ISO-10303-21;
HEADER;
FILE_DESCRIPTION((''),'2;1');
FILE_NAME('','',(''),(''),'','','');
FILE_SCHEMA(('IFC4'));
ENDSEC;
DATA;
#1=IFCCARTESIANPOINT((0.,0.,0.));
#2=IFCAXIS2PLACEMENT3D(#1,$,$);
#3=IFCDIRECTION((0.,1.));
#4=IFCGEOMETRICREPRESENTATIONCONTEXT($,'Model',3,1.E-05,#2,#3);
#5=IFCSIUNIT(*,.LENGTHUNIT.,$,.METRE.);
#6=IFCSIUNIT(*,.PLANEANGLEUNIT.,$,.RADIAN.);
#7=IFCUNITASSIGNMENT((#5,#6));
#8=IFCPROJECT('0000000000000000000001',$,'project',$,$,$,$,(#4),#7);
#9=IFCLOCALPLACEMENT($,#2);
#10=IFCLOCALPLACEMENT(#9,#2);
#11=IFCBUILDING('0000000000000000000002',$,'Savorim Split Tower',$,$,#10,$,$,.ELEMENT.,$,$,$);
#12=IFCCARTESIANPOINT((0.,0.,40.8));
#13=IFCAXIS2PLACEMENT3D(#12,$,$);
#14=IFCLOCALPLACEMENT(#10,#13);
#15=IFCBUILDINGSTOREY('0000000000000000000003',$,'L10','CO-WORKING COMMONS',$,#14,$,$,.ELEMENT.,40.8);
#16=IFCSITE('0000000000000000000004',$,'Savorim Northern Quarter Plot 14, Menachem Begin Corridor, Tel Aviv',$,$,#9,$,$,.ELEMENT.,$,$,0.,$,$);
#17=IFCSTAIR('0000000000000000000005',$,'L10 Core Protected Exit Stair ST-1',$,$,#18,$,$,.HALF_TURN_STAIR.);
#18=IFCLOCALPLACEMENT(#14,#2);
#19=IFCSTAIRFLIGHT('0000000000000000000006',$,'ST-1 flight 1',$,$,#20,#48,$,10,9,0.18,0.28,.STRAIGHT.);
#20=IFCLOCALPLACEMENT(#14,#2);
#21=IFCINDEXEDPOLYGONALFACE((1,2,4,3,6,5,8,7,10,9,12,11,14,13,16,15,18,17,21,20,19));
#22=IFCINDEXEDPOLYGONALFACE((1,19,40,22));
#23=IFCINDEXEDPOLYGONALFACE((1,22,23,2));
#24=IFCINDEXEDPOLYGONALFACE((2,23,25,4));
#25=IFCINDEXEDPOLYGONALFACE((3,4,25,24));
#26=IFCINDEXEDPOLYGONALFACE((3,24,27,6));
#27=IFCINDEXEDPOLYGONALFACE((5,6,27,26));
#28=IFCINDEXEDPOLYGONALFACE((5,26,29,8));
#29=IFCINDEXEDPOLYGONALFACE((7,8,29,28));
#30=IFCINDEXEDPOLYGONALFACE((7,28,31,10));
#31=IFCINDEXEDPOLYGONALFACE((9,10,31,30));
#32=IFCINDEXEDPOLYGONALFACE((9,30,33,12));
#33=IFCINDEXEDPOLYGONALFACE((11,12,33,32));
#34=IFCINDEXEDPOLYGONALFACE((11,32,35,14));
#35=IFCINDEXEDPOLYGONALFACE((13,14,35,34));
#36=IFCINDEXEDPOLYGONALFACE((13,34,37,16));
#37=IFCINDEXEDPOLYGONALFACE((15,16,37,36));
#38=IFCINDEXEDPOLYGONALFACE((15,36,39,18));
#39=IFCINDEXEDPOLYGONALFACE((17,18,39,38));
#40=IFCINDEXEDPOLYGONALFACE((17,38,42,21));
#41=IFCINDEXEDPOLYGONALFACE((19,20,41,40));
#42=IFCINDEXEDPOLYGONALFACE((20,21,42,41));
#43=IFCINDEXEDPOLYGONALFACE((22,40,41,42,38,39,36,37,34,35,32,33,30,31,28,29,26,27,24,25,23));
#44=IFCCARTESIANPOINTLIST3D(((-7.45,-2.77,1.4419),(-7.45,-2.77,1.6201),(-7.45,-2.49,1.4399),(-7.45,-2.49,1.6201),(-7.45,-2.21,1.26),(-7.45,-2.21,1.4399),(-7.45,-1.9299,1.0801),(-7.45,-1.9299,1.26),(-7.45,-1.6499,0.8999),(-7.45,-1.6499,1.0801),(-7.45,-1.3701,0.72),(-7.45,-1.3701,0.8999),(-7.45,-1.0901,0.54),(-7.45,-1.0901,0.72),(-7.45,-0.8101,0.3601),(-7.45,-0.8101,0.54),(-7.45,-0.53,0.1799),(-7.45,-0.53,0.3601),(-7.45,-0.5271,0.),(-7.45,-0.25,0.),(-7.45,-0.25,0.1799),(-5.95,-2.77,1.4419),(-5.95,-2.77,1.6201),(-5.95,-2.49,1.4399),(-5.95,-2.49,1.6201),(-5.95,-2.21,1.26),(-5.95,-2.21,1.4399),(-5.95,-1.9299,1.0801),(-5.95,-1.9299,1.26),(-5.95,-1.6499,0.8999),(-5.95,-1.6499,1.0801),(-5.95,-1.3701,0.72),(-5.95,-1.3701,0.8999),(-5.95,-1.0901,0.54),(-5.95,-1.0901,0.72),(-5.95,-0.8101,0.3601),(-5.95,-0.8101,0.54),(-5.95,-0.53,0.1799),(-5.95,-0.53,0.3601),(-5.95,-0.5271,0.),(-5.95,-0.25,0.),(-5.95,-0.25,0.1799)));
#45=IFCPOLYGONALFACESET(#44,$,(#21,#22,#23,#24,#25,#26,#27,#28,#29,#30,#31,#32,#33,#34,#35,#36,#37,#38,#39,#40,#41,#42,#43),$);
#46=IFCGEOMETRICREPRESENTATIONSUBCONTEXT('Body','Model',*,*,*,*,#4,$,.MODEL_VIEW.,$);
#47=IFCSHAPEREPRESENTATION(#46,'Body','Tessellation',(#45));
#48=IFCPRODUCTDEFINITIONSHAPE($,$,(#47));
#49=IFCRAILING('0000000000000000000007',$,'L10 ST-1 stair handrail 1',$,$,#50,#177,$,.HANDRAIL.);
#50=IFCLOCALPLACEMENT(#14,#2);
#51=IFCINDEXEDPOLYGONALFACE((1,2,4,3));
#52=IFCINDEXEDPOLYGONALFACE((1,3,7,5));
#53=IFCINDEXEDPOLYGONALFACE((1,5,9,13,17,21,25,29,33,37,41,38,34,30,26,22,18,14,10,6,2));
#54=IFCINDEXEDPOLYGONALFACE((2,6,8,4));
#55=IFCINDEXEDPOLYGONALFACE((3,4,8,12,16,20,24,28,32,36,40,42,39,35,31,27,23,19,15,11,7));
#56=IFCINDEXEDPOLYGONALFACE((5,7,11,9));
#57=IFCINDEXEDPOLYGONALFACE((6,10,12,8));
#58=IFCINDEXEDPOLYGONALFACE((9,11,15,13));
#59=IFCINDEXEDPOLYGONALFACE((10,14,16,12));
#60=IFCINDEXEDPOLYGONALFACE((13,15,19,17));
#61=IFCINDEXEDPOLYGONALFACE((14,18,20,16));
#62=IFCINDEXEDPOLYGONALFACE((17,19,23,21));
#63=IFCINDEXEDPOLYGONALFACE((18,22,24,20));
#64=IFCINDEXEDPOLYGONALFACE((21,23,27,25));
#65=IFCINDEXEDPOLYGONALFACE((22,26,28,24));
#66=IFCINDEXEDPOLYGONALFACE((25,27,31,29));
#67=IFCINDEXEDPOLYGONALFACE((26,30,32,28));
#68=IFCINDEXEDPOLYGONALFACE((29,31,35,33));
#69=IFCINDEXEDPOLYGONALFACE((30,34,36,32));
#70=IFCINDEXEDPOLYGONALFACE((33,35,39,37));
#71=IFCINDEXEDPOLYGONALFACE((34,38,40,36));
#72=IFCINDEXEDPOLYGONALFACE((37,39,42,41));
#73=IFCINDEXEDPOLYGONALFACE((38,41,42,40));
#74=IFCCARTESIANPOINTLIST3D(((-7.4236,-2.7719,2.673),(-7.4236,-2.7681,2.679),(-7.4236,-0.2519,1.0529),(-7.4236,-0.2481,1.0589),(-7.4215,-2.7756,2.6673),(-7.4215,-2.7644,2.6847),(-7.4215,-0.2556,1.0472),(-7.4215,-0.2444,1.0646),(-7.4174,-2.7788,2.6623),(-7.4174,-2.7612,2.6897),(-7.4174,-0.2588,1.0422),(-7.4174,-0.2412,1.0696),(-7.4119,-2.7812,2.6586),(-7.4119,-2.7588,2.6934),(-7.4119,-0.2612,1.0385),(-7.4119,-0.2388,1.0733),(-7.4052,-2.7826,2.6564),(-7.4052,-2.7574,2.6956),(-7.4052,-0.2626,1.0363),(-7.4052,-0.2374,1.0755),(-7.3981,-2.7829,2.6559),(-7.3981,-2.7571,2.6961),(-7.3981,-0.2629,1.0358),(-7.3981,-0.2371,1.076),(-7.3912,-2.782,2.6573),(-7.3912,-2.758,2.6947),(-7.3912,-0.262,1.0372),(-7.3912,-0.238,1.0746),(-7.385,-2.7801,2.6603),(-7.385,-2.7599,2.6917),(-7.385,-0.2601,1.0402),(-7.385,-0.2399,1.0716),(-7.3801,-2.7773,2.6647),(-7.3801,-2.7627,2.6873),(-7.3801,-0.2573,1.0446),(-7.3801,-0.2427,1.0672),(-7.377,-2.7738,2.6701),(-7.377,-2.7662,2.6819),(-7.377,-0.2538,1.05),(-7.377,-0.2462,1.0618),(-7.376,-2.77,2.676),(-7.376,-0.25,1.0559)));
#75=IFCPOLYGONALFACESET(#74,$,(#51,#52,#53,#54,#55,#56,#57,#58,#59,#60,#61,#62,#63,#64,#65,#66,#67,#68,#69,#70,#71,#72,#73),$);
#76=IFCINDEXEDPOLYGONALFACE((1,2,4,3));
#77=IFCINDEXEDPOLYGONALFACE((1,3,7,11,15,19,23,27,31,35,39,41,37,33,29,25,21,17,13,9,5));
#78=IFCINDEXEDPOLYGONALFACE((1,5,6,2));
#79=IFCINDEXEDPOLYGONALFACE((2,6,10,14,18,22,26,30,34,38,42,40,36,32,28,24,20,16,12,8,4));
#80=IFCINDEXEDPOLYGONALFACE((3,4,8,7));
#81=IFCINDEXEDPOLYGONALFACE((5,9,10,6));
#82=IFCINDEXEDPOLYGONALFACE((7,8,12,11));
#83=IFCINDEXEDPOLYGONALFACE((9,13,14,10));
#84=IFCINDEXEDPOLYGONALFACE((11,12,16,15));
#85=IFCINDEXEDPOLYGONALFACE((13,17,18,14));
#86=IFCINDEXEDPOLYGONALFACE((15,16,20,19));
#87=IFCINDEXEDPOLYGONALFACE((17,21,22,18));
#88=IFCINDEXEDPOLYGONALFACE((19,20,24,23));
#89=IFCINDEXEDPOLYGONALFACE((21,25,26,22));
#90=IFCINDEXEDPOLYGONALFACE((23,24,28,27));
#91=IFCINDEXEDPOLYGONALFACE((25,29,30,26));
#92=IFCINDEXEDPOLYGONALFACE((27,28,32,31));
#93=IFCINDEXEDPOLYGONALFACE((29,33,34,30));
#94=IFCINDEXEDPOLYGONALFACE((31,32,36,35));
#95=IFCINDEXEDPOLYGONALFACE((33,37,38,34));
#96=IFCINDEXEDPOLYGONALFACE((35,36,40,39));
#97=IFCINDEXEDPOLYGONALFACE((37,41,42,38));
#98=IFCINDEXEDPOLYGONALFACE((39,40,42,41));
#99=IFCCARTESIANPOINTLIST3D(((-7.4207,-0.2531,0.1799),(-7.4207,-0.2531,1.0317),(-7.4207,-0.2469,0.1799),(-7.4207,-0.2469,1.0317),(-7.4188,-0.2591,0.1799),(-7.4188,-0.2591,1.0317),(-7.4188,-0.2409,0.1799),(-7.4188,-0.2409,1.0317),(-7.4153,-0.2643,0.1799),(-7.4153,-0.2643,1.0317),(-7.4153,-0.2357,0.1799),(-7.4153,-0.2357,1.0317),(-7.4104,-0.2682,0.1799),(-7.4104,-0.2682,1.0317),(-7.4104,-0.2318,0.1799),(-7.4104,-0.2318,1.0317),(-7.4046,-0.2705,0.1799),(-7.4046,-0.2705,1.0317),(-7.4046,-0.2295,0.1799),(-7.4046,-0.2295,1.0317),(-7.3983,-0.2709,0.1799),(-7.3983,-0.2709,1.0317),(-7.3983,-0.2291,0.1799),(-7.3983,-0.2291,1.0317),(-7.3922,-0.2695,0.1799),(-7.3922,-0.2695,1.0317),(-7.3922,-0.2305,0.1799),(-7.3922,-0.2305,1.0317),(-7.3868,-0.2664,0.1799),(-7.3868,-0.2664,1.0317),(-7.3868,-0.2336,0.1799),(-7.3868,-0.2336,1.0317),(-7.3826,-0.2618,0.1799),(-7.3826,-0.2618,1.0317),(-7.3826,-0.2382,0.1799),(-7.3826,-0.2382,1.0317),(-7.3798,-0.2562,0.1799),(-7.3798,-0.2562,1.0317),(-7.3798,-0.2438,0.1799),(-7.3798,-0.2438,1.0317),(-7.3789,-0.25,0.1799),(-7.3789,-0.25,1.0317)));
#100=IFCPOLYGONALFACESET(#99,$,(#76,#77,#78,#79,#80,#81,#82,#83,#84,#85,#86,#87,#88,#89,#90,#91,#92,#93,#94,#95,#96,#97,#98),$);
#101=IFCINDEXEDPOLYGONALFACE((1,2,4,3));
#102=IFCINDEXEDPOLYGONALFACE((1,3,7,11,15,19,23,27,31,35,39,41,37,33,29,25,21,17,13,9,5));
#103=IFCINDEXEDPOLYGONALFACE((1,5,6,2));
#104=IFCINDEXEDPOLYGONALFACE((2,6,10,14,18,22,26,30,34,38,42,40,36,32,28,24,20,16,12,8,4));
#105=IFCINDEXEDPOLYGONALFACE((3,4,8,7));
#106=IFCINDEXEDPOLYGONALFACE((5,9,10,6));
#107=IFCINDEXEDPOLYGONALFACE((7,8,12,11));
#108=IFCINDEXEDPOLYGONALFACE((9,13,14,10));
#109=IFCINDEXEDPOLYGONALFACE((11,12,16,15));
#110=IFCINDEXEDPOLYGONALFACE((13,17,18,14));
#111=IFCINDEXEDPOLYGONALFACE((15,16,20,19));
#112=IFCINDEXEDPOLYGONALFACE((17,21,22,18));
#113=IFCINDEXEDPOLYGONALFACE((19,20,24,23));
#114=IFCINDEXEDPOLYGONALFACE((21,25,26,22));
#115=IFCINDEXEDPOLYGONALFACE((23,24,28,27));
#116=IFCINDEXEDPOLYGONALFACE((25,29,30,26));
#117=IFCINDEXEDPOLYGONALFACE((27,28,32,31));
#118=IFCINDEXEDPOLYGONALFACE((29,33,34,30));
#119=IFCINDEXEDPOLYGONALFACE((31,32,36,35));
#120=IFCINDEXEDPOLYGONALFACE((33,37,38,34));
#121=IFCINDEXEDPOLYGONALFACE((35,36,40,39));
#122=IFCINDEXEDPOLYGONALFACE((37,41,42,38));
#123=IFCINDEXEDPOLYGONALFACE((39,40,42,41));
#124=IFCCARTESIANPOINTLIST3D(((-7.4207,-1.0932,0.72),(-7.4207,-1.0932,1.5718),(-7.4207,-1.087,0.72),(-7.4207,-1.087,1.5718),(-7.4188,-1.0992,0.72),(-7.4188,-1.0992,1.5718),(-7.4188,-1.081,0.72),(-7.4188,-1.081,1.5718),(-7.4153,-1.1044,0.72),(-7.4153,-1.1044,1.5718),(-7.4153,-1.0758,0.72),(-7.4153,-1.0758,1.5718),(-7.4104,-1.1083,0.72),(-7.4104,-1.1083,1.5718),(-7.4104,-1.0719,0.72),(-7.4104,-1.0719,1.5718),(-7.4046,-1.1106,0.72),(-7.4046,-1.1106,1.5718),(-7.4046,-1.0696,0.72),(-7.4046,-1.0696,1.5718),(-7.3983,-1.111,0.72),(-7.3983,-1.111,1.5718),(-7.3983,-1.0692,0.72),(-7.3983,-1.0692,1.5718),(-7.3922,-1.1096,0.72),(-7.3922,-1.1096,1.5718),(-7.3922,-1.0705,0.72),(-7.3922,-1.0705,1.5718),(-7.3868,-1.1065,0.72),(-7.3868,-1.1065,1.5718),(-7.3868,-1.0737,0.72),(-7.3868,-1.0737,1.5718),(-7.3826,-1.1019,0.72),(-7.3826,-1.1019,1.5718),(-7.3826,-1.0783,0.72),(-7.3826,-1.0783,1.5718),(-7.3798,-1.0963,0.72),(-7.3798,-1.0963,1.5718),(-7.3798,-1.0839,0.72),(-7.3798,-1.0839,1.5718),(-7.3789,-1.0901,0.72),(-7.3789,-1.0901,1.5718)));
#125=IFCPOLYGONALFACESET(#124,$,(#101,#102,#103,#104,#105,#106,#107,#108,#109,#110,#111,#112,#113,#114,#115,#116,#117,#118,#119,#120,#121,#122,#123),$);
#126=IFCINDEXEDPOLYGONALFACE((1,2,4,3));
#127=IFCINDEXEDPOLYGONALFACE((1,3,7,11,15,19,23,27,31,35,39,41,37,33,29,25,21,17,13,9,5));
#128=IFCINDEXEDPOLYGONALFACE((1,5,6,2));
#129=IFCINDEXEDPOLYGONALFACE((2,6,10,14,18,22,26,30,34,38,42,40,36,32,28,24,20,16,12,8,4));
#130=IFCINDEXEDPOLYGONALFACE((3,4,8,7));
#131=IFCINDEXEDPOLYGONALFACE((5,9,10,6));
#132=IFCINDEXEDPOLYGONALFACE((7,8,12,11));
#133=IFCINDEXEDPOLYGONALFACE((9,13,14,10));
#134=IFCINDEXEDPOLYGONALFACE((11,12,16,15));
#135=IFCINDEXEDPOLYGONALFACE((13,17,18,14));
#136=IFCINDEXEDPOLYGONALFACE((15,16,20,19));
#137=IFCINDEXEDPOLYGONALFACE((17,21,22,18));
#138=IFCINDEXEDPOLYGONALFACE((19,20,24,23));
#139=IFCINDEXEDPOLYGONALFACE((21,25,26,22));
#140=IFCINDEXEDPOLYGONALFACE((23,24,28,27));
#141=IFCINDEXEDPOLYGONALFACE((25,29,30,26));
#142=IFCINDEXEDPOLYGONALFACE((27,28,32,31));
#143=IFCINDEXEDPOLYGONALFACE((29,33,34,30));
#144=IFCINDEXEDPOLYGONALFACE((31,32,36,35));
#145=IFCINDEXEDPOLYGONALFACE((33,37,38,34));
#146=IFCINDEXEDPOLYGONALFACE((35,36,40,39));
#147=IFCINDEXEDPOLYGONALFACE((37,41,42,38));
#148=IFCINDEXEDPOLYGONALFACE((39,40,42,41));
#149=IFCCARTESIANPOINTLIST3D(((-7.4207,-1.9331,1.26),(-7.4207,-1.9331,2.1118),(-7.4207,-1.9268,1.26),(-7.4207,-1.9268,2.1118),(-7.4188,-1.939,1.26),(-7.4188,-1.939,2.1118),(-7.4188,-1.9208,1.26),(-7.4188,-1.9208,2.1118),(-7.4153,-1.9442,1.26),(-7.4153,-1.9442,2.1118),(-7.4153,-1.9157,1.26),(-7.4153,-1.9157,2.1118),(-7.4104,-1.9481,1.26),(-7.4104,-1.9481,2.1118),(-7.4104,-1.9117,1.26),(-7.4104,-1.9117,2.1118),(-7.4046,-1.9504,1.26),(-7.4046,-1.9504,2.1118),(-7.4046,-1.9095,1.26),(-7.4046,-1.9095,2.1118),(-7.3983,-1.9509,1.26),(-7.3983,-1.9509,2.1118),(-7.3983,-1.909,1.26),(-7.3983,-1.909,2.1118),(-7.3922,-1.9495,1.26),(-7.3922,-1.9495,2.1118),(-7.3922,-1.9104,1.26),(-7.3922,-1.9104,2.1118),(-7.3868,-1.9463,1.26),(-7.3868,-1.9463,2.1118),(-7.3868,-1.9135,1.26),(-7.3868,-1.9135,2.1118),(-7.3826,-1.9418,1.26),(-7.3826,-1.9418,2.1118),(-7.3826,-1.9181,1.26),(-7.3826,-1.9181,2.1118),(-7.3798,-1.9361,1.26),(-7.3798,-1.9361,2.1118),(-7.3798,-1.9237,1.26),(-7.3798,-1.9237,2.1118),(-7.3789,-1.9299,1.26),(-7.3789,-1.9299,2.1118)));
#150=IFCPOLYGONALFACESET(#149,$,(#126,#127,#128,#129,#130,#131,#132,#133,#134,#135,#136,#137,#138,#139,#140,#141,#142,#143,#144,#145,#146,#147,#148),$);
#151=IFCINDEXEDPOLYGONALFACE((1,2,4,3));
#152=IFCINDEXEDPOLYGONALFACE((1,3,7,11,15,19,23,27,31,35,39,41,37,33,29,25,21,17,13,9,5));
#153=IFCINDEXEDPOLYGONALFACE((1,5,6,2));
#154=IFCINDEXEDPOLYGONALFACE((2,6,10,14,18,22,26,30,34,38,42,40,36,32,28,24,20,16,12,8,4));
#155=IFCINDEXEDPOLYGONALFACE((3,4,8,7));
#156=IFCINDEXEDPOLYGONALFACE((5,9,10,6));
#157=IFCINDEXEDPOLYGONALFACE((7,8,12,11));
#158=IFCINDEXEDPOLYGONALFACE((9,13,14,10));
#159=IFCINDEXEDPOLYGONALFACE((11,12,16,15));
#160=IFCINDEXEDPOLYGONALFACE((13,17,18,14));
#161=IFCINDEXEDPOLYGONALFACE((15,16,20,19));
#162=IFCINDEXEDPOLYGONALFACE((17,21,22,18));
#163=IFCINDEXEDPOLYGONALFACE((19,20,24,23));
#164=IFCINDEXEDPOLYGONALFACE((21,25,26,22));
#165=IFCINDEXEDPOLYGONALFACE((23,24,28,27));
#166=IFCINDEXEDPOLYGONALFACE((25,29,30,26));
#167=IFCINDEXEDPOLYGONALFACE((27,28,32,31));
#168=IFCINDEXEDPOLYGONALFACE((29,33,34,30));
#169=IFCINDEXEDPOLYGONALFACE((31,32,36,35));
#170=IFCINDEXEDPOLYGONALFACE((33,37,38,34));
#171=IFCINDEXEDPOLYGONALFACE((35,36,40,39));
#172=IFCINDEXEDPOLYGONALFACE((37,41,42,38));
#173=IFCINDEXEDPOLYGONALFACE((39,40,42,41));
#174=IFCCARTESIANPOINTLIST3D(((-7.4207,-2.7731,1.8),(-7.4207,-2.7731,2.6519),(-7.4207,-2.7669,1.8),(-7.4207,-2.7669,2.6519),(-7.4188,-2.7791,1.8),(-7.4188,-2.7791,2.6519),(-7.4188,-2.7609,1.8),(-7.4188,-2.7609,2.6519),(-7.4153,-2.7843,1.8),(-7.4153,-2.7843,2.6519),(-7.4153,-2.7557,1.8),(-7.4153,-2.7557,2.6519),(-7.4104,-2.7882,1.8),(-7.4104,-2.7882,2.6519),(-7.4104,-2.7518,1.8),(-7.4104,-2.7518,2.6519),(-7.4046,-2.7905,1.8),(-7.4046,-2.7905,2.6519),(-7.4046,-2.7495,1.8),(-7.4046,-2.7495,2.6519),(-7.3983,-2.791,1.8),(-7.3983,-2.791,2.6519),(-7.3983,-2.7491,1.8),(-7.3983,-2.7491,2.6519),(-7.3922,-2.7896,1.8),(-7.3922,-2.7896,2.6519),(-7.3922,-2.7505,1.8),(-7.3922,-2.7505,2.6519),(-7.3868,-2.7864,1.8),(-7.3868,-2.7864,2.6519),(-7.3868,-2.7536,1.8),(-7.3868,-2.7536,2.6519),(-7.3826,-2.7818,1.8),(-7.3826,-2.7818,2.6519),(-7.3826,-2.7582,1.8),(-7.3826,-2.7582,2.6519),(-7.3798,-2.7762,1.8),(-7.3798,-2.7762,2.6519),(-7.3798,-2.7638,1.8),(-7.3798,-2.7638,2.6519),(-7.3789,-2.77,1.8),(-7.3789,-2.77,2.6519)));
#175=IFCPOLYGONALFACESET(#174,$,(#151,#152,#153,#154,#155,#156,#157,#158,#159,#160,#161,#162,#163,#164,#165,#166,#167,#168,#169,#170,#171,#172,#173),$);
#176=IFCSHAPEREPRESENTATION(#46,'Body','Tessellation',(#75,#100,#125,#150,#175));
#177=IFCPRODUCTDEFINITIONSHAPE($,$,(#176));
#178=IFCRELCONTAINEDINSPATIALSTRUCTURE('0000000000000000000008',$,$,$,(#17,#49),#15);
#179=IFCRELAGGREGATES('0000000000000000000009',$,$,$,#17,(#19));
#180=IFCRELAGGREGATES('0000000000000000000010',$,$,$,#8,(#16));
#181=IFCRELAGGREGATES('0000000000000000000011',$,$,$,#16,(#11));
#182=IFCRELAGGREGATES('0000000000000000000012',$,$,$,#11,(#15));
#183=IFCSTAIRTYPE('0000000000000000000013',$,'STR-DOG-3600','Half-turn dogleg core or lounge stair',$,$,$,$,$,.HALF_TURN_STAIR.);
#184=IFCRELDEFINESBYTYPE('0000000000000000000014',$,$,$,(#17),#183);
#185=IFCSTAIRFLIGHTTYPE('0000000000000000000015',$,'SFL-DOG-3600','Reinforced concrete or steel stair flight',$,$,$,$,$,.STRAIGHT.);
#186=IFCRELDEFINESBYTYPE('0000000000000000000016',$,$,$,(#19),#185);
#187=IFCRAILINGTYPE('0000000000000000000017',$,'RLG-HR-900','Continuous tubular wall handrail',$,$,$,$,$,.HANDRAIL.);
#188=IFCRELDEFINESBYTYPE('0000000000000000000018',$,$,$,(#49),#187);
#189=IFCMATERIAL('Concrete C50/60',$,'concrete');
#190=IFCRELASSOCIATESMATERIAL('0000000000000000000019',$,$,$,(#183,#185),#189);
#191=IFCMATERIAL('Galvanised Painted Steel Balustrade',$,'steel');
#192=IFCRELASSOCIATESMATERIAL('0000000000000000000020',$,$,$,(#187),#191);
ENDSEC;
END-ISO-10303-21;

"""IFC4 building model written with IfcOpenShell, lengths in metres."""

from ifc_helpers import new_model, si_unit, direction, frame, origin, origin_2d, place, context, subcontext, project, spatial, polyline, circle, outline, extrude, material, type_object, element, aggregate, save


model = new_model("IFC4")

# Units and contexts
model_context = context("Model", 3, precision=1e-05, world=origin(), true_north=direction((0.0, 1.0)))
body_context = subcontext(model_context, "Body", "Model", "MODEL_VIEW")
ifc_project = project(units=[si_unit("LENGTHUNIT", "METRE"), si_unit("PLANEANGLEUNIT", "RADIAN")], contexts=[model_context])

# Site, building, storey
site_placement = place(None, origin())
site = spatial("IfcSite", under=ifc_project, at=site_placement, Name="Savorim Northern Quarter Plot 14, Menachem Begin Corridor, Tel Aviv", CompositionType="ELEMENT", RefElevation=0.0)
building_placement = place(site_placement, origin())
building = spatial("IfcBuilding", under=site, at=building_placement, Name="Savorim Split Tower", CompositionType="ELEMENT")
storey_placement = place(building_placement, frame((0.0, 0.0, 40.8)))
storey = spatial("IfcBuildingStorey", under=building, at=storey_placement, Name="L10", Description="CO-WORKING COMMONS", CompositionType="ELEMENT", Elevation=40.8)

# Shared definitions
ifc_material_1 = material(Name="Concrete C50/60", Category="concrete")

# Stair, stair flight
stair_type = type_object("IfcStairType", Name="STR-DOG-3600", Description="Half-turn dogleg core or lounge stair", PredefinedType="HALF_TURN_STAIR", material=ifc_material_1)
stair_placement = place(storey_placement, origin())
stair = element("IfcStair", 1, at=stair_placement, inside=storey, type_object=stair_type, Name="L10 Core Protected Exit Stair ST-1", PredefinedType="HALF_TURN_STAIR")
stair_flight_type = type_object("IfcStairFlightType", Name="SFL-DOG-3600", Description="Reinforced concrete or steel stair flight", PredefinedType="STRAIGHT", material=ifc_material_1)
stair_flight_placement = place(storey_placement, frame((-6.7, -0.25, 0.0), z_axis=(0.0, 0.0, 1.0), x_axis=(0.0, -1.0, 0.0)))
stair_flight = element("IfcStairFlight", 2, at=stair_flight_placement, type_object=stair_flight_type, Name="ST-1 flight 1", NumberOfRisers=10, NumberOfTreads=9, PredefinedType="STRAIGHT", RiserHeight=0.18, TreadLength=0.28, context=body_context, shape_type="SweptSolid", body=[
    extrude(outline(polyline([(0.0, 0.0), (0.0, 0.1799), (0.28, 0.1799), (0.28, 0.3601), (0.5601, 0.3601), (0.5601, 0.54), (0.8401, 0.54), (0.8401, 0.72), (1.1201, 0.72), (1.1201, 0.8999), (1.3999, 0.8999), (1.3999, 1.0801), (1.6799, 1.0801), (1.6799, 1.26), (1.96, 1.26), (1.96, 1.4399), (2.24, 1.4399), (2.24, 1.6201), (2.52, 1.6201), (2.52, 1.8), (2.52, 1.4419), (0.2771, 0.0), (0.0, 0.0)])), frame((0.0, 0.75, 0.0), z_axis=(0.0, -1.0, 0.0), x_axis=(1.0, 0.0, 0.0)), (0.0, 0.0, 1.0), 1.5),
])
aggregate(stair, [stair_flight])

# Railing
ifc_material_2 = material(Name="Galvanised Painted Steel Balustrade", Category="steel")
railing_type_1 = type_object("IfcRailingType", Name="RLG-HR-900", Description="Continuous tubular wall handrail", PredefinedType="HANDRAIL", material=ifc_material_2)
railing_1_placement = place(storey_placement, frame((-7.3999, -0.25, 0.1799)))
element("IfcRailing", 3, at=railing_1_placement, inside=storey, type_object=railing_type_1, Name="L10 ST-1 stair handrail 1", PredefinedType="HANDRAIL", context=body_context, shape_type="SweptSolid", body=[
    extrude(circle(Radius=0.0239, at=origin_2d()), frame((0.0, 0.0, 0.876), z_axis=(0.0, -0.841163, 0.540782), x_axis=(1.0, 0.0, 0.0)), (0.0, 0.0, 1.0), 2.9958),
    extrude(circle(Radius=0.021, at=origin_2d()), origin(), (0.0, 0.0, 1.0), 0.8518),
    extrude(circle(Radius=0.021, at=origin_2d()), frame((0.0, -0.8401, 0.54)), (0.0, 0.0, 1.0), 0.8518),
    extrude(circle(Radius=0.021, at=origin_2d()), frame((0.0, -1.6799, 1.0801)), (0.0, 0.0, 1.0), 0.8518),
    extrude(circle(Radius=0.021, at=origin_2d()), frame((0.0, -2.52, 1.6201)), (0.0, 0.0, 1.0), 0.8518),
])

save(model, "model.ifc")
